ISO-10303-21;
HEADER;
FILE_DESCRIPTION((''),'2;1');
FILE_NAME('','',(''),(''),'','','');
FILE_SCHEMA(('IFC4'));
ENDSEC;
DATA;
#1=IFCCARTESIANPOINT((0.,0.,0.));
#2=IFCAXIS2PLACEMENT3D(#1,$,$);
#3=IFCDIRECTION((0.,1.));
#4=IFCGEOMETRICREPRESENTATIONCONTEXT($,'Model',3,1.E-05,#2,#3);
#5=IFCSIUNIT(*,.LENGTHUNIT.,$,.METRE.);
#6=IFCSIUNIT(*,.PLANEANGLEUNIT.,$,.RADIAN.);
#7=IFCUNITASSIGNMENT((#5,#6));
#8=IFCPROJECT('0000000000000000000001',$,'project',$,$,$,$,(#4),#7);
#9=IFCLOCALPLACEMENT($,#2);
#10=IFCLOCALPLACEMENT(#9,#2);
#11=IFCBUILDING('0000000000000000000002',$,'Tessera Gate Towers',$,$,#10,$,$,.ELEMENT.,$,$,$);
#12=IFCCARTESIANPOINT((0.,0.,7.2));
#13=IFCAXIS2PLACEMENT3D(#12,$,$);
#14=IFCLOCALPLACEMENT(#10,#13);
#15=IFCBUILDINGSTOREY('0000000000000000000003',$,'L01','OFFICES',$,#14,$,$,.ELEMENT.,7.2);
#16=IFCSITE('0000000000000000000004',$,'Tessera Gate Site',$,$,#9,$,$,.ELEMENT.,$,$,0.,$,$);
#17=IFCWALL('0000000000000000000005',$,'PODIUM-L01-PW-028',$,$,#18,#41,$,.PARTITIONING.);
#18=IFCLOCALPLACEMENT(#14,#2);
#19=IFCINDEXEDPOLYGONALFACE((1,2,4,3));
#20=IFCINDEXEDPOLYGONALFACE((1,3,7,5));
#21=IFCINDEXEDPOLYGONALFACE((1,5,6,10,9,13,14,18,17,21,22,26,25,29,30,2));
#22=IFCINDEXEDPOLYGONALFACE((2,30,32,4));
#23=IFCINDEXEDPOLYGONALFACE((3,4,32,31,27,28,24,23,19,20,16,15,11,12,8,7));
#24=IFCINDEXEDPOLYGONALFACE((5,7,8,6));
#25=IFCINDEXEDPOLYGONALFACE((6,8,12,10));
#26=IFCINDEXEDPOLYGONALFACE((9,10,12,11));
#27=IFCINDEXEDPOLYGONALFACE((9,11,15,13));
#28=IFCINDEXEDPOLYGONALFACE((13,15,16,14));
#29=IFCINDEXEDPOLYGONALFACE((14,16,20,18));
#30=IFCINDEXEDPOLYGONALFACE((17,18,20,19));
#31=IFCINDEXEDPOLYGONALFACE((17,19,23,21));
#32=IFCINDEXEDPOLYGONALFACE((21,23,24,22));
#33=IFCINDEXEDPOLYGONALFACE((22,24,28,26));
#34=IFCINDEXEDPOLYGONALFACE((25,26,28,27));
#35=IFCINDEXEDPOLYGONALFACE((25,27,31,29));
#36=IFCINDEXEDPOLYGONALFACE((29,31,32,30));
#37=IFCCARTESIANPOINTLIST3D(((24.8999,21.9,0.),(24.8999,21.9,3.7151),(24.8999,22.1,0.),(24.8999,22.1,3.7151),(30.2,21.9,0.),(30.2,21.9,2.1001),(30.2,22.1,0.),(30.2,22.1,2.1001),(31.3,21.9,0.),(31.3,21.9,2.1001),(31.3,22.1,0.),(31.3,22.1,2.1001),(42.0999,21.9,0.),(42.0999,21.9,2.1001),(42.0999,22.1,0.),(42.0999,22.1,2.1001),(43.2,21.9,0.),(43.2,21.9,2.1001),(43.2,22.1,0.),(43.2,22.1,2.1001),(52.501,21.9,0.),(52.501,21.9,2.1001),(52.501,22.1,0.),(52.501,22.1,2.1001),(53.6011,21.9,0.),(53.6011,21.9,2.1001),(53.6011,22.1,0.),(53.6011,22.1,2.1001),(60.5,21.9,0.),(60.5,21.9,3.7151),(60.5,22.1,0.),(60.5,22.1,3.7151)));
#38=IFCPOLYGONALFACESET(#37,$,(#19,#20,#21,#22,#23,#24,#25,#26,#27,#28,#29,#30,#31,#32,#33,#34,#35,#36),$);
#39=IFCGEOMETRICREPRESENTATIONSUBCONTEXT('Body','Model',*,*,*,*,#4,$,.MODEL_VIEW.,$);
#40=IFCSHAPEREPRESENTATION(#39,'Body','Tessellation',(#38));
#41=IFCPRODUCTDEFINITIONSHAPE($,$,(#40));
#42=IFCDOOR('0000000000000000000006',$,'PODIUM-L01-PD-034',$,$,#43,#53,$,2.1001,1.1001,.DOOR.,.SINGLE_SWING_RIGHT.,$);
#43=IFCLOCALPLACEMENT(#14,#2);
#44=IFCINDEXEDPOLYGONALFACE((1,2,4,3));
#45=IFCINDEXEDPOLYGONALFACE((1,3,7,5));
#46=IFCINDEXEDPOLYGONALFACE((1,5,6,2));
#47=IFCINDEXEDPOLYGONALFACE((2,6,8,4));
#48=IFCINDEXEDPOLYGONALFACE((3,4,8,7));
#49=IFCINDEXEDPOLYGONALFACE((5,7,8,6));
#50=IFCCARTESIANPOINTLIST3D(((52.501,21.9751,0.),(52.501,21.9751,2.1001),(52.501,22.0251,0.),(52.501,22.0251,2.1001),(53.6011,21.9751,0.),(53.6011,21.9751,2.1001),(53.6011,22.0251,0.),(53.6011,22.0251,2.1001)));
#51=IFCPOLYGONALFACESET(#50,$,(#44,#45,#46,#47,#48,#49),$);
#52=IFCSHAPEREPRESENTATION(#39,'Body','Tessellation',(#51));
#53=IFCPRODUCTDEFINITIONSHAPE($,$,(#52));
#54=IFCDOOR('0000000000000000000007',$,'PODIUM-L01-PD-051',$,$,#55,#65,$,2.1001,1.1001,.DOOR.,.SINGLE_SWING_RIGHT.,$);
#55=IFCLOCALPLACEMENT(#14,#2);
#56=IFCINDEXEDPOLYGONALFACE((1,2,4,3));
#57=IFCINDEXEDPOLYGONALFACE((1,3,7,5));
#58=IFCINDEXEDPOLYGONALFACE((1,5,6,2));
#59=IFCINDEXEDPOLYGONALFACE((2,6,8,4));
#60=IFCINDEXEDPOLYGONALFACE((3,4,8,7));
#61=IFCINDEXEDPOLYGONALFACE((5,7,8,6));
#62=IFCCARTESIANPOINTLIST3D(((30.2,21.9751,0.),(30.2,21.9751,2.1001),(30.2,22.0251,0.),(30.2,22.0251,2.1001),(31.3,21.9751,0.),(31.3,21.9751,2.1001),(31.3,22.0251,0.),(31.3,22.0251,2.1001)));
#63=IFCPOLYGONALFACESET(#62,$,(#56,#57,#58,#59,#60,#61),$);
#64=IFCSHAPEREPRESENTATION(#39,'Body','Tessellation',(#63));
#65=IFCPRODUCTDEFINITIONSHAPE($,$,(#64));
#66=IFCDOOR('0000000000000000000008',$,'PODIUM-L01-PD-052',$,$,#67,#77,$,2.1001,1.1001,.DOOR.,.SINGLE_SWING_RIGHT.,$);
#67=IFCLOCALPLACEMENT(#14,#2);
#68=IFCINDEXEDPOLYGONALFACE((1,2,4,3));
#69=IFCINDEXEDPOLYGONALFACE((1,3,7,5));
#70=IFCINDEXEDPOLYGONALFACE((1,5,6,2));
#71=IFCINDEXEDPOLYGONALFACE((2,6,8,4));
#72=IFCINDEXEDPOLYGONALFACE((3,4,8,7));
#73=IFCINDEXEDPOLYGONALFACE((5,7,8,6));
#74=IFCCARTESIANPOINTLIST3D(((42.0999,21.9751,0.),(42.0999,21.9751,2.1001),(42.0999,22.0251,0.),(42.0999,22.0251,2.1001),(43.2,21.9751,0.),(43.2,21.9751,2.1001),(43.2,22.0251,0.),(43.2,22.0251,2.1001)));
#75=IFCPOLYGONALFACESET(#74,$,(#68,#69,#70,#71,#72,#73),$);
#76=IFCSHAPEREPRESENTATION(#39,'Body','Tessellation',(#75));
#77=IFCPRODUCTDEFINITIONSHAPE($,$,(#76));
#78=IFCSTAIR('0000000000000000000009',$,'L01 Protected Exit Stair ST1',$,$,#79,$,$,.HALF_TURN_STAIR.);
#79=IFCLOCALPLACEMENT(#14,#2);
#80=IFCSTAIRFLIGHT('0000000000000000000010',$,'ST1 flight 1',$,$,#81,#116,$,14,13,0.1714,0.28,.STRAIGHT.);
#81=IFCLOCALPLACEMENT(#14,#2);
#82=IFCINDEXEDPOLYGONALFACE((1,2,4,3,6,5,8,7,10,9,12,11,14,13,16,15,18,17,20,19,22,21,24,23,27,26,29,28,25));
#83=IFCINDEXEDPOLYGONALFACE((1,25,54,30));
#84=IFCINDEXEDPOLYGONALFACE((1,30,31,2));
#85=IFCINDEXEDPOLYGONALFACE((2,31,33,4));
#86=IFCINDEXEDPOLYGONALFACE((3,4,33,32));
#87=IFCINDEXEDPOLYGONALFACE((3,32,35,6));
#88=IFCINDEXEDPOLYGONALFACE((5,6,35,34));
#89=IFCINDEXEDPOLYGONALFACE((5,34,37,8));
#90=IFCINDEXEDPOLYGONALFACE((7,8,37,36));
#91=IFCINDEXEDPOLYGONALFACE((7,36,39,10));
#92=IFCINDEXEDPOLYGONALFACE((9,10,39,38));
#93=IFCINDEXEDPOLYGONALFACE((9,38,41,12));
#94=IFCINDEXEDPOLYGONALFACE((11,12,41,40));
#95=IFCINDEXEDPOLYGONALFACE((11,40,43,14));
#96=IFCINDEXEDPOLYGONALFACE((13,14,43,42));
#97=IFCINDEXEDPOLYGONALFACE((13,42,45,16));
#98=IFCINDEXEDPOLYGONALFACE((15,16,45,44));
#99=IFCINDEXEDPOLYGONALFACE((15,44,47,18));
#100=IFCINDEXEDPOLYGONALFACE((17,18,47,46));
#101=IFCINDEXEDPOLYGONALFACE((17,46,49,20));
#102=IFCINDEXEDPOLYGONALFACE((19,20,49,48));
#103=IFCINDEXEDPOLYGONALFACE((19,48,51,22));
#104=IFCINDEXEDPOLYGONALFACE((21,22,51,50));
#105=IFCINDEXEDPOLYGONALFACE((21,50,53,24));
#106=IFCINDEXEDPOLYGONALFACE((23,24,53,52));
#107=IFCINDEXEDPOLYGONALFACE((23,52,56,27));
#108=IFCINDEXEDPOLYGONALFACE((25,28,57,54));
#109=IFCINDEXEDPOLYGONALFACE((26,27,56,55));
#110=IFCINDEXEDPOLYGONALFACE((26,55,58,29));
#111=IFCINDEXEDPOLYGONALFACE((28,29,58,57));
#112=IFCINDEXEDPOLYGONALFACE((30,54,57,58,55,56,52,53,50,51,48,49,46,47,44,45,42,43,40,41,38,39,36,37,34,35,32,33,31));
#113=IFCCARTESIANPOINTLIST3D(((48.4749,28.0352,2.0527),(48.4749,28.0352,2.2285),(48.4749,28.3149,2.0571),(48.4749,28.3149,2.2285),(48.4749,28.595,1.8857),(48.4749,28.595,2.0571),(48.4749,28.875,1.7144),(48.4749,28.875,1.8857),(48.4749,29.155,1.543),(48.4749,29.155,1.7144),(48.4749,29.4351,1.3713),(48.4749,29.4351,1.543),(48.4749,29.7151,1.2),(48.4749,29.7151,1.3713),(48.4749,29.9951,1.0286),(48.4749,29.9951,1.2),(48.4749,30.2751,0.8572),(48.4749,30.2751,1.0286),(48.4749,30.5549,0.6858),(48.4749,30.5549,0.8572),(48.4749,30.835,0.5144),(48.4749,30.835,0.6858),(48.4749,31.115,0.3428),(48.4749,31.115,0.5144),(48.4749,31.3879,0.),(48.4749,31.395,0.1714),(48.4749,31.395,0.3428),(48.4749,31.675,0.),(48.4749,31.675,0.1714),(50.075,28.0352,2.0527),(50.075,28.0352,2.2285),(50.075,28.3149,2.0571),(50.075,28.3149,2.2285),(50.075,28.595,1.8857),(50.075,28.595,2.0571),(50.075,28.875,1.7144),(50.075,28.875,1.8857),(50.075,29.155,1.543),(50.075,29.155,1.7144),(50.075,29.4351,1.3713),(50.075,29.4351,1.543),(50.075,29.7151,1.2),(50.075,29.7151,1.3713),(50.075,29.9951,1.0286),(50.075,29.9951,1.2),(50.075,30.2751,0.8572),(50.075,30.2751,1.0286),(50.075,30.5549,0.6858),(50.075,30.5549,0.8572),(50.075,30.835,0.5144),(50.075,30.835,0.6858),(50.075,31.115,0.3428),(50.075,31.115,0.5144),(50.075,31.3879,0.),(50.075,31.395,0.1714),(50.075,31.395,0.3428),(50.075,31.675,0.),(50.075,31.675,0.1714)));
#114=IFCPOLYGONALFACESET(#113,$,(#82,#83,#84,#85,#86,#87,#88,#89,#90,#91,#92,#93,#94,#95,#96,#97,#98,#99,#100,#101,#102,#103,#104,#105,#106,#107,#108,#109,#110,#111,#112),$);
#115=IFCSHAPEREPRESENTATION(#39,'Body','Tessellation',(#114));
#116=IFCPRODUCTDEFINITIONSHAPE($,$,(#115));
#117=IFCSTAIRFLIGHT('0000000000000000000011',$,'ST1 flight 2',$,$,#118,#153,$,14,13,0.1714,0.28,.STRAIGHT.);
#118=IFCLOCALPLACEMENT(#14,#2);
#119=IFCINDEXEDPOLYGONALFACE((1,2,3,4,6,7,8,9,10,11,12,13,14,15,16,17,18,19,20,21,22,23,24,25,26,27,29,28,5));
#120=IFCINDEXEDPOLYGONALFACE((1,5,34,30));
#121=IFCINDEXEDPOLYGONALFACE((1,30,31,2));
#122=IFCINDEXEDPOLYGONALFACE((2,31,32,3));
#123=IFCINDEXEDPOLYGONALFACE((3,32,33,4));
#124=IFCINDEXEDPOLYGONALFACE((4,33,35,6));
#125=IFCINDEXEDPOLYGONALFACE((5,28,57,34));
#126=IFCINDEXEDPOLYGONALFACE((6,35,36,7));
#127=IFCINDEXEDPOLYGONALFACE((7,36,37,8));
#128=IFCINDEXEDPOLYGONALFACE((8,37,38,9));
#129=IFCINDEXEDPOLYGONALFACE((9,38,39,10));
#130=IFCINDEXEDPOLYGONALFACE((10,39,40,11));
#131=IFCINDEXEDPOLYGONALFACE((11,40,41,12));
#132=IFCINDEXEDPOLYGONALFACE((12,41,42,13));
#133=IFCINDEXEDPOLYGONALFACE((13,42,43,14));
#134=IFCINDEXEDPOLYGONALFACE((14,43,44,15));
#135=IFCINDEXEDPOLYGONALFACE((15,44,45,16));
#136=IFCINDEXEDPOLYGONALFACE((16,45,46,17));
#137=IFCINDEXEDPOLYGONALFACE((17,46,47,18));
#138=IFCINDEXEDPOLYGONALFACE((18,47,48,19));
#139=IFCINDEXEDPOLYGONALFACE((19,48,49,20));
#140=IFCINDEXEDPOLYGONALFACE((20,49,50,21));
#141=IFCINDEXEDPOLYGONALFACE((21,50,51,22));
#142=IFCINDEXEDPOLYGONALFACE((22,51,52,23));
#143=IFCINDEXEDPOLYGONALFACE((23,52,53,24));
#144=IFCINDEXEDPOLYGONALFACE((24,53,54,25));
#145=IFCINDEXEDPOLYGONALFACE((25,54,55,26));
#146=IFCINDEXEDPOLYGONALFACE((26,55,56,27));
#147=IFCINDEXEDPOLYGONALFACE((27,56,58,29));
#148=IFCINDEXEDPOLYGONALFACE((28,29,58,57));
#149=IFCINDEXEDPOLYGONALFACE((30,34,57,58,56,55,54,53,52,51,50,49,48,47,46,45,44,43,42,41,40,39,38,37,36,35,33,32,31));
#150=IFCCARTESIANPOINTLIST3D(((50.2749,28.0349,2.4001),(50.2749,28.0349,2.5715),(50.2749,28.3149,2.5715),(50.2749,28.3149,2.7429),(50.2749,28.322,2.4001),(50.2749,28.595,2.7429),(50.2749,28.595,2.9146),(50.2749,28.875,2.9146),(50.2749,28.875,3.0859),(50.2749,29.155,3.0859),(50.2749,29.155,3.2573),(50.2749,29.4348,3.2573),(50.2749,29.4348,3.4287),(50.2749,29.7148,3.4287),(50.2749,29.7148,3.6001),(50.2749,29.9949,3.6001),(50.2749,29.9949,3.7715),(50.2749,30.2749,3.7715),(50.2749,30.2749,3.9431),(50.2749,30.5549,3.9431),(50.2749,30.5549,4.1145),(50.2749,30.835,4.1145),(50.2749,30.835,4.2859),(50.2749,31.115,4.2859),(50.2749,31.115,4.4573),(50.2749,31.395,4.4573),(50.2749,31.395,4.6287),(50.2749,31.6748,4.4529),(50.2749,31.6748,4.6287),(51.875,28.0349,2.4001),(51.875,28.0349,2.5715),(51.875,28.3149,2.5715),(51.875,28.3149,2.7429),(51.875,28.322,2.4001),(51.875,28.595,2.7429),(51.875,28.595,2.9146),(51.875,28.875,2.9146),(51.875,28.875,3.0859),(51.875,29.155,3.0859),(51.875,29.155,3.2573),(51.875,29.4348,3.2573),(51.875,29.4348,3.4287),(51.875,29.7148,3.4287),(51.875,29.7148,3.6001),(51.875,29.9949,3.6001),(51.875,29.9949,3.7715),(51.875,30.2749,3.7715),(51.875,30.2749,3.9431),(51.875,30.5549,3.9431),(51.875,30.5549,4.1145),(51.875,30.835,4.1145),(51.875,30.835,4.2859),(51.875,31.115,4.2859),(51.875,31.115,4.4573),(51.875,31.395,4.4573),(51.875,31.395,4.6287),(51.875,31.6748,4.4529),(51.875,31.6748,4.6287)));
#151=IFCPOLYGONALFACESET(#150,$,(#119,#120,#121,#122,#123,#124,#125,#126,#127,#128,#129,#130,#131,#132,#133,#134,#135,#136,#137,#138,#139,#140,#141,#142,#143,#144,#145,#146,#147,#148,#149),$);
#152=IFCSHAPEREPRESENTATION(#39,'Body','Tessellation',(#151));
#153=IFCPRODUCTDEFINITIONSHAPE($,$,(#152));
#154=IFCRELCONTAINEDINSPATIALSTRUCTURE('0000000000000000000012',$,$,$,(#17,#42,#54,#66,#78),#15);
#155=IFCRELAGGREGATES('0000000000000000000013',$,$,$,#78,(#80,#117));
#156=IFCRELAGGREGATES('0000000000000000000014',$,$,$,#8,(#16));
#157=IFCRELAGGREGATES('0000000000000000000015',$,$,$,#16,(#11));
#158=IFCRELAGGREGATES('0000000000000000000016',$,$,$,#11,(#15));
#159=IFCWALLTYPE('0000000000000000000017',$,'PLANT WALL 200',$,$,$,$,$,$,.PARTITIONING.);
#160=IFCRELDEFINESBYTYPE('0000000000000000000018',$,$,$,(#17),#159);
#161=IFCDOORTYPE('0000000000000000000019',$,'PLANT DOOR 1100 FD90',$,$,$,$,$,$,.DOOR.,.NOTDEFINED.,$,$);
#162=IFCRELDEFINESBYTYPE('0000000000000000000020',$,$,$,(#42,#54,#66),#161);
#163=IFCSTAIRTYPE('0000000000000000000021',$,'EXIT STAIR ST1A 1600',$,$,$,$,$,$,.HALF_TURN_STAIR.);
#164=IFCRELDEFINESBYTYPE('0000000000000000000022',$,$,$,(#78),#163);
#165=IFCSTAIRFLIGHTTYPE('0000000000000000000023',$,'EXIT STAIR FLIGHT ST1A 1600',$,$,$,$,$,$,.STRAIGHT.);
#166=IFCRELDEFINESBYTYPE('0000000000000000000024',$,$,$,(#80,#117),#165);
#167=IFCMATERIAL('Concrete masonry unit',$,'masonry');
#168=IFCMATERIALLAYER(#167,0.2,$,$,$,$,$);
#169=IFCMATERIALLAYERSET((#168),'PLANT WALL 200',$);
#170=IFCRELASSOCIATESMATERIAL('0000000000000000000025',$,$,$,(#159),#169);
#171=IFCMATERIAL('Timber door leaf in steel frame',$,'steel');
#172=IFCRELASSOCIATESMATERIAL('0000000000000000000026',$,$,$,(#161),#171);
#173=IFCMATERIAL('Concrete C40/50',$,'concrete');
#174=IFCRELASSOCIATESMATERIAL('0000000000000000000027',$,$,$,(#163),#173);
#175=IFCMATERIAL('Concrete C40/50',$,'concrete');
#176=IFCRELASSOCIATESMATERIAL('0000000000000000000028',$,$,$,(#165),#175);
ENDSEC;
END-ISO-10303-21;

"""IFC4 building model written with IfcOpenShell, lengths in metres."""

from ifc_helpers import new_model, si_unit, direction, frame, frame_2d, origin, place, context, subcontext, project, spatial, polyline, rectangle, outline, extrude, source, transform, mapped, material, layer, layer_set, type_object, element, fill, aggregate, save


model = new_model("IFC4")

# Units and contexts
model_context = context("Model", 3, precision=1e-05, world=origin(), true_north=direction((0.0, 1.0)))
body_context = subcontext(model_context, "Body", "Model", "MODEL_VIEW")
ifc_project = project(units=[si_unit("LENGTHUNIT", "METRE"), si_unit("PLANEANGLEUNIT", "RADIAN")], contexts=[model_context])

# Site, building, storey
site_placement = place(None, origin())
site = spatial("IfcSite", under=ifc_project, at=site_placement, Name="Tessera Gate Site", CompositionType="ELEMENT", RefElevation=0.0)
building_placement = place(site_placement, origin())
building = spatial("IfcBuilding", under=site, at=building_placement, Name="Tessera Gate Towers", CompositionType="ELEMENT")
storey_placement = place(building_placement, frame((0.0, 0.0, 7.2)))
storey = spatial("IfcBuildingStorey", under=building, at=storey_placement, Name="L01", Description="OFFICES", CompositionType="ELEMENT", Elevation=7.2)

# Shared definitions
ifc_material_1 = material(Name="Concrete masonry unit", Category="masonry")
ifc_layer_1 = layer(ifc_material_1, 0.2)
ifc_layer_set_1 = layer_set([ifc_layer_1], Name="PLANT WALL 200")
wall_type_1 = type_object("IfcWallType", Name="PLANT WALL 200", PredefinedType="PARTITIONING", material=ifc_layer_set_1)

# Wall, openings, doors
wall_1_placement = place(storey_placement, frame((60.5, 22.0, 0.0), z_axis=(0.0, 0.0, 1.0), x_axis=(-1.0, 0.0, 0.0)))
wall_1 = element("IfcWall", 1, at=wall_1_placement, inside=storey, type_object=wall_type_1, Name="PODIUM-L01-PW-028", PredefinedType="PARTITIONING", context=body_context, shape_type="SweptSolid", body=[
    extrude(rectangle(XDim=35.6001, YDim=0.2, at=frame_2d((17.8, 0.0))), origin(), (0.0, 0.0, 1.0), 3.7151),
])
shared_shape_1 = source(origin(), body_context, "Body", "SweptSolid", [
    extrude(rectangle(XDim=1.1001, YDim=2.1001, at=frame_2d((0.55, 1.05))), frame((0.0, 0.1099, 0.0), z_axis=(0.0, -1.0, 0.0), x_axis=(1.0, 0.0, 0.0)), (0.0, 0.0, 1.0), 0.22),
])
opening_1_placement = place(wall_1_placement, frame((6.8989, 0.0, 0.0)))
opening_1 = element("IfcOpeningElement", 2, at=opening_1_placement, cuts=wall_1, PredefinedType="OPENING", context=body_context, shape_type="MappedRepresentation", body=[
    mapped(shared_shape_1, transform((0.0, 0.0, 0.0), scale=1.0)),
])
opening_2_placement = place(wall_1_placement, frame((29.2, 0.0, 0.0)))
opening_2 = element("IfcOpeningElement", 3, at=opening_2_placement, cuts=wall_1, PredefinedType="OPENING", context=body_context, shape_type="MappedRepresentation", body=[
    mapped(shared_shape_1, transform((0.0, 0.0, 0.0), scale=1.0)),
])
opening_3_placement = place(wall_1_placement, frame((17.3, 0.0, 0.0)))
opening_3 = element("IfcOpeningElement", 4, at=opening_3_placement, cuts=wall_1, PredefinedType="OPENING", context=body_context, shape_type="MappedRepresentation", body=[
    mapped(shared_shape_1, transform((0.0, 0.0, 0.0), scale=1.0)),
])
ifc_material_2 = material(Name="Timber door leaf in steel frame", Category="steel")
door_type_1 = type_object("IfcDoorType", Name="PLANT DOOR 1100 FD90", OperationType="NOTDEFINED", PredefinedType="DOOR", material=ifc_material_2)
shared_shape_2 = source(origin(), body_context, "Body", "SweptSolid", [
    extrude(rectangle(XDim=1.1001, YDim=2.1001, at=frame_2d((0.55, 1.05))), frame((0.0, 0.0249, 0.0), z_axis=(0.0, -1.0, 0.0), x_axis=(1.0, 0.0, 0.0)), (0.0, 0.0, 1.0), 0.05),
])
door_1_placement = place(opening_1_placement, origin())
door_1 = element("IfcDoor", 5, at=door_1_placement, inside=storey, type_object=door_type_1, Name="PODIUM-L01-PD-034", OperationType="SINGLE_SWING_RIGHT", OverallHeight=2.1001, OverallWidth=1.1001, PredefinedType="DOOR", context=body_context, shape_type="MappedRepresentation", body=[
    mapped(shared_shape_2, transform((0.0, 0.0, 0.0), scale=1.0)),
])
fill(opening_1, door_1)
door_2_placement = place(opening_2_placement, origin())
door_2 = element("IfcDoor", 6, at=door_2_placement, inside=storey, type_object=door_type_1, Name="PODIUM-L01-PD-051", OperationType="SINGLE_SWING_RIGHT", OverallHeight=2.1001, OverallWidth=1.1001, PredefinedType="DOOR", context=body_context, shape_type="MappedRepresentation", body=[
    mapped(shared_shape_2, transform((0.0, 0.0, 0.0), scale=1.0)),
])
fill(opening_2, door_2)
door_3_placement = place(opening_3_placement, origin())
door_3 = element("IfcDoor", 7, at=door_3_placement, inside=storey, type_object=door_type_1, Name="PODIUM-L01-PD-052", OperationType="SINGLE_SWING_RIGHT", OverallHeight=2.1001, OverallWidth=1.1001, PredefinedType="DOOR", context=body_context, shape_type="MappedRepresentation", body=[
    mapped(shared_shape_2, transform((0.0, 0.0, 0.0), scale=1.0)),
])
fill(opening_3, door_3)

# Stair, stair flights
ifc_material_3 = material(Name="Concrete C40/50", Category="concrete")
stair_type_1 = type_object("IfcStairType", Name="EXIT STAIR ST1A 1600", PredefinedType="HALF_TURN_STAIR", material=ifc_material_3)
stair_1_placement = place(storey_placement, origin())
stair_1 = element("IfcStair", 8, at=stair_1_placement, inside=storey, type_object=stair_type_1, Name="L01 Protected Exit Stair ST1", PredefinedType="HALF_TURN_STAIR")
ifc_material_4 = material(Name="Concrete C40/50", Category="concrete")
stair_flight_type_1 = type_object("IfcStairFlightType", Name="EXIT STAIR FLIGHT ST1A 1600", PredefinedType="STRAIGHT", material=ifc_material_4)
stair_flight_1_placement = place(storey_placement, frame((49.2749, 31.675, 0.0), z_axis=(0.0, 0.0, 1.0), x_axis=(0.0, -1.0, 0.0)))
stair_flight_1 = element("IfcStairFlight", 9, at=stair_flight_1_placement, type_object=stair_flight_type_1, Name="ST1 flight 1", NumberOfRisers=14, NumberOfTreads=13, PredefinedType="STRAIGHT", RiserHeight=0.1714, TreadLength=0.28, context=body_context, shape_type="SweptSolid", body=[
    extrude(outline(polyline([(0.0, 0.0), (0.0, 0.1714), (0.28, 0.1714), (0.28, 0.3428), (0.5601, 0.3428), (0.5601, 0.5144), (0.8401, 0.5144), (0.8401, 0.6858), (1.1201, 0.6858), (1.1201, 0.8572), (1.3999, 0.8572), (1.3999, 1.0286), (1.6799, 1.0286), (1.6799, 1.2), (1.96, 1.2), (1.96, 1.3713), (2.24, 1.3713), (2.24, 1.543), (2.52, 1.543), (2.52, 1.7144), (2.8, 1.7144), (2.8, 1.8857), (3.0801, 1.8857), (3.0801, 2.0571), (3.3601, 2.0571), (3.3601, 2.2285), (3.6399, 2.2285), (3.6399, 2.3999), (3.6399, 2.0527), (0.2871, 0.0), (0.0, 0.0)])), frame((0.0, 0.8, 0.0), z_axis=(0.0, -1.0, 0.0), x_axis=(1.0, 0.0, 0.0)), (0.0, 0.0, 1.0), 1.6001),
])
stair_flight_2_placement = place(storey_placement, frame((51.075, 28.0349, 2.4001), z_axis=(0.0, 0.0, 1.0), x_axis=(0.0, 1.0, 0.0)))
stair_flight_2 = element("IfcStairFlight", 10, at=stair_flight_2_placement, type_object=stair_flight_type_1, Name="ST1 flight 2", NumberOfRisers=14, NumberOfTreads=13, PredefinedType="STRAIGHT", RiserHeight=0.1714, TreadLength=0.28, context=body_context, shape_type="SweptSolid", body=[
    extrude(outline(polyline([(0.0, 0.0), (0.0, 0.1714), (0.28, 0.1714), (0.28, 0.3428), (0.5601, 0.3428), (0.5601, 0.5144), (0.8401, 0.5144), (0.8401, 0.6858), (1.1201, 0.6858), (1.1201, 0.8572), (1.3999, 0.8572), (1.3999, 1.0286), (1.6799, 1.0286), (1.6799, 1.2), (1.96, 1.2), (1.96, 1.3713), (2.24, 1.3713), (2.24, 1.543), (2.52, 1.543), (2.52, 1.7144), (2.8, 1.7144), (2.8, 1.8857), (3.0801, 1.8857), (3.0801, 2.0571), (3.3601, 2.0571), (3.3601, 2.2285), (3.6399, 2.2285), (3.6399, 2.3999), (3.6399, 2.0527), (0.2871, 0.0), (0.0, 0.0)])), frame((0.0, 0.8, 0.0), z_axis=(0.0, -1.0, 0.0), x_axis=(1.0, 0.0, 0.0)), (0.0, 0.0, 1.0), 1.6001),
])
aggregate(stair_1, [stair_flight_1, stair_flight_2])

save(model, "model.ifc")
